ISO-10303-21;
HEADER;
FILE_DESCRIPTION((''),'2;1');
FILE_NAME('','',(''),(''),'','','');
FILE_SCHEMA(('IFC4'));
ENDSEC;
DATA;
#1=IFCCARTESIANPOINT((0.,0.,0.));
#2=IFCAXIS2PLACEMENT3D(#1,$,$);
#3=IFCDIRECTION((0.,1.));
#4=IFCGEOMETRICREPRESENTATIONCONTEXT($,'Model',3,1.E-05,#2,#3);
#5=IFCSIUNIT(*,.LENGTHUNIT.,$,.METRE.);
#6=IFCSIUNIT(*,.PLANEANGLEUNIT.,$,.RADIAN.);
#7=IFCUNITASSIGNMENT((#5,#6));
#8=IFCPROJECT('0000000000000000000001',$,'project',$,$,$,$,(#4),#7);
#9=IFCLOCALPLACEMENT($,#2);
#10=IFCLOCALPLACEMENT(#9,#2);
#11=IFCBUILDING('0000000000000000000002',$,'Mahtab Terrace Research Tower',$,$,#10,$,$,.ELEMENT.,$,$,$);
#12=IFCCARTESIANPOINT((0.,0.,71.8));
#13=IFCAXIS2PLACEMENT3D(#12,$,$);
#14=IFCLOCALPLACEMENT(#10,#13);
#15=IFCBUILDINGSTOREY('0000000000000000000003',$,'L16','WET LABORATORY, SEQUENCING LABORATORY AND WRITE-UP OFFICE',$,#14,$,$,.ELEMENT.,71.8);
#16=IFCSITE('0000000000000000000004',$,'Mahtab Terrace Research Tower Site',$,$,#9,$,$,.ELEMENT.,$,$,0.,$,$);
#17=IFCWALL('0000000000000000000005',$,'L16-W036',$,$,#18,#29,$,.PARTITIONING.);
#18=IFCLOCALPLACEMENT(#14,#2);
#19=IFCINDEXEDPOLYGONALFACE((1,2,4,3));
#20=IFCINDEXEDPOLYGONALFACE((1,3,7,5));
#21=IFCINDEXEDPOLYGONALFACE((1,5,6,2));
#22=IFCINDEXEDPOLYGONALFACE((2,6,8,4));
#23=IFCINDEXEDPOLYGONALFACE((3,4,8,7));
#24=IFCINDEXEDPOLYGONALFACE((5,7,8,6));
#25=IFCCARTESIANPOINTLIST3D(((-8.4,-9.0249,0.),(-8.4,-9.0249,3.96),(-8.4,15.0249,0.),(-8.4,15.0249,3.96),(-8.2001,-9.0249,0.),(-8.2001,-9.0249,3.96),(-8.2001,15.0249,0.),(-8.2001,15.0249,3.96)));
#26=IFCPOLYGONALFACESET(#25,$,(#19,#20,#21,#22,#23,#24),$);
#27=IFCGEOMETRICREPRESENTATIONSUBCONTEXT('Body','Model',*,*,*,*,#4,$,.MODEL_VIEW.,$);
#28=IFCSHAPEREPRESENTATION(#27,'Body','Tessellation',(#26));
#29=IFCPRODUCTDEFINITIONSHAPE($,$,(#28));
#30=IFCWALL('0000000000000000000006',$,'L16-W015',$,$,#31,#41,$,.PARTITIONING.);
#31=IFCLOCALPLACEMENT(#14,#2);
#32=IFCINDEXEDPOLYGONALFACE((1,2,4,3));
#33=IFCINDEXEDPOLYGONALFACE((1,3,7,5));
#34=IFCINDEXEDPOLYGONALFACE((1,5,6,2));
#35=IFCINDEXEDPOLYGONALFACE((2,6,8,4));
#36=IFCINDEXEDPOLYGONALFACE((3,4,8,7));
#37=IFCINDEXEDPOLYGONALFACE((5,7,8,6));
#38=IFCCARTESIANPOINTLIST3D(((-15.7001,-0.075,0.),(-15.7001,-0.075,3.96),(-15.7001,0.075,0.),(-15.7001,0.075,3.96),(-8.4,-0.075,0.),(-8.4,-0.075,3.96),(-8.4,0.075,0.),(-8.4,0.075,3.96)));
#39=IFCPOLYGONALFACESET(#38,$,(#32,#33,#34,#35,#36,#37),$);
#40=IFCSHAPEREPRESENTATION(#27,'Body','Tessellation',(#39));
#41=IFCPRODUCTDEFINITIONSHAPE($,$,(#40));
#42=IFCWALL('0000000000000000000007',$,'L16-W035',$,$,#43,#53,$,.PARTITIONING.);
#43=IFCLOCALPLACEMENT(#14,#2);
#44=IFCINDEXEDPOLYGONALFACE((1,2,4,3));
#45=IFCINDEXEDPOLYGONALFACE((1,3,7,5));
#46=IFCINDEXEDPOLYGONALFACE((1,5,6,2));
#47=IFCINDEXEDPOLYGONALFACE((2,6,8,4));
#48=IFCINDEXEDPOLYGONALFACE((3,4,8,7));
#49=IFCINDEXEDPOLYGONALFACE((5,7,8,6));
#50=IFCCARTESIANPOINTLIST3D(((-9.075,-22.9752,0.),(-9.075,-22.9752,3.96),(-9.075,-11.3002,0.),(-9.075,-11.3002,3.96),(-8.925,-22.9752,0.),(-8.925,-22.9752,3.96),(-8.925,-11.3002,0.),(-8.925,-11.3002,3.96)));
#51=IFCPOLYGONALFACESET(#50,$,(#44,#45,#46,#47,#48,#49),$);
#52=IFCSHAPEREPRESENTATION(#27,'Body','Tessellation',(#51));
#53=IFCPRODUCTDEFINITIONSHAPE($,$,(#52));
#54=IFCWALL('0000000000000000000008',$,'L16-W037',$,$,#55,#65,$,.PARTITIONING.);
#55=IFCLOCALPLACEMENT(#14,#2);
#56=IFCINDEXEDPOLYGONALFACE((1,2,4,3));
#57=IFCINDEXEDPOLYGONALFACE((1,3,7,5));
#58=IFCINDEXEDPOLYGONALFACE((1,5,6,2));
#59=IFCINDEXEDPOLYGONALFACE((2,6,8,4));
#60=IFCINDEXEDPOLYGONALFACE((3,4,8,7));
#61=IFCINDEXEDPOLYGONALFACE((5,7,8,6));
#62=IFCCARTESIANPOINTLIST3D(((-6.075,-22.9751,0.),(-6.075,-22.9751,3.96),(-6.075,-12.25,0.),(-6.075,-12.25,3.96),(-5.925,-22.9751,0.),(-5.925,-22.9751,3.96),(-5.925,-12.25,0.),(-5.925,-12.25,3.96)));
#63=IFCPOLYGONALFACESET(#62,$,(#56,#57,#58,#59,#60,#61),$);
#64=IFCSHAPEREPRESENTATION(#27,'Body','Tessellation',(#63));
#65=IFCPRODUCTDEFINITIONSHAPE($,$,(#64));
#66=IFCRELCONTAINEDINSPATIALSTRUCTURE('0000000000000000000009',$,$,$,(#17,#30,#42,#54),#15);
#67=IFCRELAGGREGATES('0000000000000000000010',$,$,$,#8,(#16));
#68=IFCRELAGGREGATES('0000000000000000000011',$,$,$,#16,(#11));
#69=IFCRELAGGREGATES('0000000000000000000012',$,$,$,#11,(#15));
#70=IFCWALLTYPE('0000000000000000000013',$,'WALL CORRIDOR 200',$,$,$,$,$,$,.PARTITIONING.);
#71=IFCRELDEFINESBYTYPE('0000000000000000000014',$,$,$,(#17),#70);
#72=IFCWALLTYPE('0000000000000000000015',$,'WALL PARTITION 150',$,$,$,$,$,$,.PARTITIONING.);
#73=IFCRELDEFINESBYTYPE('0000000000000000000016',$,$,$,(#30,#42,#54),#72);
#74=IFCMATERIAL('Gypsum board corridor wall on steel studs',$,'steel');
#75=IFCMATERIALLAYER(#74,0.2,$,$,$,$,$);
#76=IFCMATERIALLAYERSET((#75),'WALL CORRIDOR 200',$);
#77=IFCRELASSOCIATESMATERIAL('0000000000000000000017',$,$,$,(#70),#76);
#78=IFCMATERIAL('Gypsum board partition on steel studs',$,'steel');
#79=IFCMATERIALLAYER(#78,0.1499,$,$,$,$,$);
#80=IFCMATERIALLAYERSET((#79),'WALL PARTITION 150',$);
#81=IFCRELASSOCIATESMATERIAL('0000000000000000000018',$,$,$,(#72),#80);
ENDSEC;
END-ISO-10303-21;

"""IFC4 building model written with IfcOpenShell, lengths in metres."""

from ifc_helpers import new_model, si_unit, direction, frame, frame_2d, origin, place, context, subcontext, project, spatial, rectangle, extrude, material, layer, layer_set, type_object, element, save


model = new_model("IFC4")

# Units and contexts
model_context = context("Model", 3, precision=1e-05, world=origin(), true_north=direction((0.0, 1.0)))
body_context = subcontext(model_context, "Body", "Model", "MODEL_VIEW")
ifc_project = project(units=[si_unit("LENGTHUNIT", "METRE"), si_unit("PLANEANGLEUNIT", "RADIAN")], contexts=[model_context])

# Site, building, storey
site_placement = place(None, origin())
site = spatial("IfcSite", under=ifc_project, at=site_placement, Name="Mahtab Terrace Research Tower Site", CompositionType="ELEMENT", RefElevation=0.0)
building_placement = place(site_placement, origin())
building = spatial("IfcBuilding", under=site, at=building_placement, Name="Mahtab Terrace Research Tower", CompositionType="ELEMENT")
storey_placement = place(building_placement, frame((0.0, 0.0, 71.8)))
storey = spatial("IfcBuildingStorey", under=building, at=storey_placement, Name="L16", Description="WET LABORATORY, SEQUENCING LABORATORY AND WRITE-UP OFFICE", CompositionType="ELEMENT", Elevation=71.8)

# Shared definitions
ifc_material_1 = material(Name="Gypsum board corridor wall on steel studs", Category="steel")
ifc_layer_1 = layer(ifc_material_1, 0.2)
ifc_layer_set_1 = layer_set([ifc_layer_1], Name="WALL CORRIDOR 200")
wall_type_1 = type_object("IfcWallType", Name="WALL CORRIDOR 200", PredefinedType="PARTITIONING", material=ifc_layer_set_1)

# Walls
wall_1_placement = place(storey_placement, frame((-8.3, -9.0249, 0.0), z_axis=(0.0, 0.0, 1.0), x_axis=(0.0, 1.0, 0.0)))
element("IfcWall", 1, at=wall_1_placement, inside=storey, type_object=wall_type_1, Name="L16-W036", PredefinedType="PARTITIONING", context=body_context, shape_type="SweptSolid", body=[
    extrude(rectangle(XDim=24.0498, YDim=0.2, at=frame_2d((12.0249, 0.0))), origin(), (0.0, 0.0, 1.0), 3.96),
])
ifc_material_2 = material(Name="Gypsum board partition on steel studs", Category="steel")
ifc_layer_2 = layer(ifc_material_2, 0.1499)
ifc_layer_set_2 = layer_set([ifc_layer_2], Name="WALL PARTITION 150")
wall_type_2 = type_object("IfcWallType", Name="WALL PARTITION 150", PredefinedType="PARTITIONING", material=ifc_layer_set_2)
wall_2_placement = place(storey_placement, frame((-15.7, 0.0, 0.0), z_axis=(0.0, 0.0, 1.0), x_axis=(1.0, 0.0, 0.0)))
element("IfcWall", 2, at=wall_2_placement, inside=storey, type_object=wall_type_2, Name="L16-W015", PredefinedType="PARTITIONING", context=body_context, shape_type="SweptSolid", body=[
    extrude(rectangle(XDim=7.3, YDim=0.1499, at=frame_2d((3.6499, 0.0))), origin(), (0.0, 0.0, 1.0), 3.96),
])
wall_3_placement = place(storey_placement, frame((-9.0, -22.9751, 0.0), z_axis=(0.0, 0.0, 1.0), x_axis=(0.0, 1.0, 0.0)))
element("IfcWall", 3, at=wall_3_placement, inside=storey, type_object=wall_type_2, Name="L16-W035", PredefinedType="PARTITIONING", context=body_context, shape_type="SweptSolid", body=[
    extrude(rectangle(XDim=11.675, YDim=0.1499, at=frame_2d((5.8374, 0.0))), origin(), (0.0, 0.0, 1.0), 3.96),
])
wall_4_placement = place(storey_placement, frame((-6.0, -22.9751, 0.0), z_axis=(0.0, 0.0, 1.0), x_axis=(0.0, 1.0, 0.0)))
element("IfcWall", 4, at=wall_4_placement, inside=storey, type_object=wall_type_2, Name="L16-W037", PredefinedType="PARTITIONING", context=body_context, shape_type="SweptSolid", body=[
    extrude(rectangle(XDim=10.7251, YDim=0.1499, at=frame_2d((5.3625, 0.0))), origin(), (0.0, 0.0, 1.0), 3.96),
])

save(model, "model.ifc")
